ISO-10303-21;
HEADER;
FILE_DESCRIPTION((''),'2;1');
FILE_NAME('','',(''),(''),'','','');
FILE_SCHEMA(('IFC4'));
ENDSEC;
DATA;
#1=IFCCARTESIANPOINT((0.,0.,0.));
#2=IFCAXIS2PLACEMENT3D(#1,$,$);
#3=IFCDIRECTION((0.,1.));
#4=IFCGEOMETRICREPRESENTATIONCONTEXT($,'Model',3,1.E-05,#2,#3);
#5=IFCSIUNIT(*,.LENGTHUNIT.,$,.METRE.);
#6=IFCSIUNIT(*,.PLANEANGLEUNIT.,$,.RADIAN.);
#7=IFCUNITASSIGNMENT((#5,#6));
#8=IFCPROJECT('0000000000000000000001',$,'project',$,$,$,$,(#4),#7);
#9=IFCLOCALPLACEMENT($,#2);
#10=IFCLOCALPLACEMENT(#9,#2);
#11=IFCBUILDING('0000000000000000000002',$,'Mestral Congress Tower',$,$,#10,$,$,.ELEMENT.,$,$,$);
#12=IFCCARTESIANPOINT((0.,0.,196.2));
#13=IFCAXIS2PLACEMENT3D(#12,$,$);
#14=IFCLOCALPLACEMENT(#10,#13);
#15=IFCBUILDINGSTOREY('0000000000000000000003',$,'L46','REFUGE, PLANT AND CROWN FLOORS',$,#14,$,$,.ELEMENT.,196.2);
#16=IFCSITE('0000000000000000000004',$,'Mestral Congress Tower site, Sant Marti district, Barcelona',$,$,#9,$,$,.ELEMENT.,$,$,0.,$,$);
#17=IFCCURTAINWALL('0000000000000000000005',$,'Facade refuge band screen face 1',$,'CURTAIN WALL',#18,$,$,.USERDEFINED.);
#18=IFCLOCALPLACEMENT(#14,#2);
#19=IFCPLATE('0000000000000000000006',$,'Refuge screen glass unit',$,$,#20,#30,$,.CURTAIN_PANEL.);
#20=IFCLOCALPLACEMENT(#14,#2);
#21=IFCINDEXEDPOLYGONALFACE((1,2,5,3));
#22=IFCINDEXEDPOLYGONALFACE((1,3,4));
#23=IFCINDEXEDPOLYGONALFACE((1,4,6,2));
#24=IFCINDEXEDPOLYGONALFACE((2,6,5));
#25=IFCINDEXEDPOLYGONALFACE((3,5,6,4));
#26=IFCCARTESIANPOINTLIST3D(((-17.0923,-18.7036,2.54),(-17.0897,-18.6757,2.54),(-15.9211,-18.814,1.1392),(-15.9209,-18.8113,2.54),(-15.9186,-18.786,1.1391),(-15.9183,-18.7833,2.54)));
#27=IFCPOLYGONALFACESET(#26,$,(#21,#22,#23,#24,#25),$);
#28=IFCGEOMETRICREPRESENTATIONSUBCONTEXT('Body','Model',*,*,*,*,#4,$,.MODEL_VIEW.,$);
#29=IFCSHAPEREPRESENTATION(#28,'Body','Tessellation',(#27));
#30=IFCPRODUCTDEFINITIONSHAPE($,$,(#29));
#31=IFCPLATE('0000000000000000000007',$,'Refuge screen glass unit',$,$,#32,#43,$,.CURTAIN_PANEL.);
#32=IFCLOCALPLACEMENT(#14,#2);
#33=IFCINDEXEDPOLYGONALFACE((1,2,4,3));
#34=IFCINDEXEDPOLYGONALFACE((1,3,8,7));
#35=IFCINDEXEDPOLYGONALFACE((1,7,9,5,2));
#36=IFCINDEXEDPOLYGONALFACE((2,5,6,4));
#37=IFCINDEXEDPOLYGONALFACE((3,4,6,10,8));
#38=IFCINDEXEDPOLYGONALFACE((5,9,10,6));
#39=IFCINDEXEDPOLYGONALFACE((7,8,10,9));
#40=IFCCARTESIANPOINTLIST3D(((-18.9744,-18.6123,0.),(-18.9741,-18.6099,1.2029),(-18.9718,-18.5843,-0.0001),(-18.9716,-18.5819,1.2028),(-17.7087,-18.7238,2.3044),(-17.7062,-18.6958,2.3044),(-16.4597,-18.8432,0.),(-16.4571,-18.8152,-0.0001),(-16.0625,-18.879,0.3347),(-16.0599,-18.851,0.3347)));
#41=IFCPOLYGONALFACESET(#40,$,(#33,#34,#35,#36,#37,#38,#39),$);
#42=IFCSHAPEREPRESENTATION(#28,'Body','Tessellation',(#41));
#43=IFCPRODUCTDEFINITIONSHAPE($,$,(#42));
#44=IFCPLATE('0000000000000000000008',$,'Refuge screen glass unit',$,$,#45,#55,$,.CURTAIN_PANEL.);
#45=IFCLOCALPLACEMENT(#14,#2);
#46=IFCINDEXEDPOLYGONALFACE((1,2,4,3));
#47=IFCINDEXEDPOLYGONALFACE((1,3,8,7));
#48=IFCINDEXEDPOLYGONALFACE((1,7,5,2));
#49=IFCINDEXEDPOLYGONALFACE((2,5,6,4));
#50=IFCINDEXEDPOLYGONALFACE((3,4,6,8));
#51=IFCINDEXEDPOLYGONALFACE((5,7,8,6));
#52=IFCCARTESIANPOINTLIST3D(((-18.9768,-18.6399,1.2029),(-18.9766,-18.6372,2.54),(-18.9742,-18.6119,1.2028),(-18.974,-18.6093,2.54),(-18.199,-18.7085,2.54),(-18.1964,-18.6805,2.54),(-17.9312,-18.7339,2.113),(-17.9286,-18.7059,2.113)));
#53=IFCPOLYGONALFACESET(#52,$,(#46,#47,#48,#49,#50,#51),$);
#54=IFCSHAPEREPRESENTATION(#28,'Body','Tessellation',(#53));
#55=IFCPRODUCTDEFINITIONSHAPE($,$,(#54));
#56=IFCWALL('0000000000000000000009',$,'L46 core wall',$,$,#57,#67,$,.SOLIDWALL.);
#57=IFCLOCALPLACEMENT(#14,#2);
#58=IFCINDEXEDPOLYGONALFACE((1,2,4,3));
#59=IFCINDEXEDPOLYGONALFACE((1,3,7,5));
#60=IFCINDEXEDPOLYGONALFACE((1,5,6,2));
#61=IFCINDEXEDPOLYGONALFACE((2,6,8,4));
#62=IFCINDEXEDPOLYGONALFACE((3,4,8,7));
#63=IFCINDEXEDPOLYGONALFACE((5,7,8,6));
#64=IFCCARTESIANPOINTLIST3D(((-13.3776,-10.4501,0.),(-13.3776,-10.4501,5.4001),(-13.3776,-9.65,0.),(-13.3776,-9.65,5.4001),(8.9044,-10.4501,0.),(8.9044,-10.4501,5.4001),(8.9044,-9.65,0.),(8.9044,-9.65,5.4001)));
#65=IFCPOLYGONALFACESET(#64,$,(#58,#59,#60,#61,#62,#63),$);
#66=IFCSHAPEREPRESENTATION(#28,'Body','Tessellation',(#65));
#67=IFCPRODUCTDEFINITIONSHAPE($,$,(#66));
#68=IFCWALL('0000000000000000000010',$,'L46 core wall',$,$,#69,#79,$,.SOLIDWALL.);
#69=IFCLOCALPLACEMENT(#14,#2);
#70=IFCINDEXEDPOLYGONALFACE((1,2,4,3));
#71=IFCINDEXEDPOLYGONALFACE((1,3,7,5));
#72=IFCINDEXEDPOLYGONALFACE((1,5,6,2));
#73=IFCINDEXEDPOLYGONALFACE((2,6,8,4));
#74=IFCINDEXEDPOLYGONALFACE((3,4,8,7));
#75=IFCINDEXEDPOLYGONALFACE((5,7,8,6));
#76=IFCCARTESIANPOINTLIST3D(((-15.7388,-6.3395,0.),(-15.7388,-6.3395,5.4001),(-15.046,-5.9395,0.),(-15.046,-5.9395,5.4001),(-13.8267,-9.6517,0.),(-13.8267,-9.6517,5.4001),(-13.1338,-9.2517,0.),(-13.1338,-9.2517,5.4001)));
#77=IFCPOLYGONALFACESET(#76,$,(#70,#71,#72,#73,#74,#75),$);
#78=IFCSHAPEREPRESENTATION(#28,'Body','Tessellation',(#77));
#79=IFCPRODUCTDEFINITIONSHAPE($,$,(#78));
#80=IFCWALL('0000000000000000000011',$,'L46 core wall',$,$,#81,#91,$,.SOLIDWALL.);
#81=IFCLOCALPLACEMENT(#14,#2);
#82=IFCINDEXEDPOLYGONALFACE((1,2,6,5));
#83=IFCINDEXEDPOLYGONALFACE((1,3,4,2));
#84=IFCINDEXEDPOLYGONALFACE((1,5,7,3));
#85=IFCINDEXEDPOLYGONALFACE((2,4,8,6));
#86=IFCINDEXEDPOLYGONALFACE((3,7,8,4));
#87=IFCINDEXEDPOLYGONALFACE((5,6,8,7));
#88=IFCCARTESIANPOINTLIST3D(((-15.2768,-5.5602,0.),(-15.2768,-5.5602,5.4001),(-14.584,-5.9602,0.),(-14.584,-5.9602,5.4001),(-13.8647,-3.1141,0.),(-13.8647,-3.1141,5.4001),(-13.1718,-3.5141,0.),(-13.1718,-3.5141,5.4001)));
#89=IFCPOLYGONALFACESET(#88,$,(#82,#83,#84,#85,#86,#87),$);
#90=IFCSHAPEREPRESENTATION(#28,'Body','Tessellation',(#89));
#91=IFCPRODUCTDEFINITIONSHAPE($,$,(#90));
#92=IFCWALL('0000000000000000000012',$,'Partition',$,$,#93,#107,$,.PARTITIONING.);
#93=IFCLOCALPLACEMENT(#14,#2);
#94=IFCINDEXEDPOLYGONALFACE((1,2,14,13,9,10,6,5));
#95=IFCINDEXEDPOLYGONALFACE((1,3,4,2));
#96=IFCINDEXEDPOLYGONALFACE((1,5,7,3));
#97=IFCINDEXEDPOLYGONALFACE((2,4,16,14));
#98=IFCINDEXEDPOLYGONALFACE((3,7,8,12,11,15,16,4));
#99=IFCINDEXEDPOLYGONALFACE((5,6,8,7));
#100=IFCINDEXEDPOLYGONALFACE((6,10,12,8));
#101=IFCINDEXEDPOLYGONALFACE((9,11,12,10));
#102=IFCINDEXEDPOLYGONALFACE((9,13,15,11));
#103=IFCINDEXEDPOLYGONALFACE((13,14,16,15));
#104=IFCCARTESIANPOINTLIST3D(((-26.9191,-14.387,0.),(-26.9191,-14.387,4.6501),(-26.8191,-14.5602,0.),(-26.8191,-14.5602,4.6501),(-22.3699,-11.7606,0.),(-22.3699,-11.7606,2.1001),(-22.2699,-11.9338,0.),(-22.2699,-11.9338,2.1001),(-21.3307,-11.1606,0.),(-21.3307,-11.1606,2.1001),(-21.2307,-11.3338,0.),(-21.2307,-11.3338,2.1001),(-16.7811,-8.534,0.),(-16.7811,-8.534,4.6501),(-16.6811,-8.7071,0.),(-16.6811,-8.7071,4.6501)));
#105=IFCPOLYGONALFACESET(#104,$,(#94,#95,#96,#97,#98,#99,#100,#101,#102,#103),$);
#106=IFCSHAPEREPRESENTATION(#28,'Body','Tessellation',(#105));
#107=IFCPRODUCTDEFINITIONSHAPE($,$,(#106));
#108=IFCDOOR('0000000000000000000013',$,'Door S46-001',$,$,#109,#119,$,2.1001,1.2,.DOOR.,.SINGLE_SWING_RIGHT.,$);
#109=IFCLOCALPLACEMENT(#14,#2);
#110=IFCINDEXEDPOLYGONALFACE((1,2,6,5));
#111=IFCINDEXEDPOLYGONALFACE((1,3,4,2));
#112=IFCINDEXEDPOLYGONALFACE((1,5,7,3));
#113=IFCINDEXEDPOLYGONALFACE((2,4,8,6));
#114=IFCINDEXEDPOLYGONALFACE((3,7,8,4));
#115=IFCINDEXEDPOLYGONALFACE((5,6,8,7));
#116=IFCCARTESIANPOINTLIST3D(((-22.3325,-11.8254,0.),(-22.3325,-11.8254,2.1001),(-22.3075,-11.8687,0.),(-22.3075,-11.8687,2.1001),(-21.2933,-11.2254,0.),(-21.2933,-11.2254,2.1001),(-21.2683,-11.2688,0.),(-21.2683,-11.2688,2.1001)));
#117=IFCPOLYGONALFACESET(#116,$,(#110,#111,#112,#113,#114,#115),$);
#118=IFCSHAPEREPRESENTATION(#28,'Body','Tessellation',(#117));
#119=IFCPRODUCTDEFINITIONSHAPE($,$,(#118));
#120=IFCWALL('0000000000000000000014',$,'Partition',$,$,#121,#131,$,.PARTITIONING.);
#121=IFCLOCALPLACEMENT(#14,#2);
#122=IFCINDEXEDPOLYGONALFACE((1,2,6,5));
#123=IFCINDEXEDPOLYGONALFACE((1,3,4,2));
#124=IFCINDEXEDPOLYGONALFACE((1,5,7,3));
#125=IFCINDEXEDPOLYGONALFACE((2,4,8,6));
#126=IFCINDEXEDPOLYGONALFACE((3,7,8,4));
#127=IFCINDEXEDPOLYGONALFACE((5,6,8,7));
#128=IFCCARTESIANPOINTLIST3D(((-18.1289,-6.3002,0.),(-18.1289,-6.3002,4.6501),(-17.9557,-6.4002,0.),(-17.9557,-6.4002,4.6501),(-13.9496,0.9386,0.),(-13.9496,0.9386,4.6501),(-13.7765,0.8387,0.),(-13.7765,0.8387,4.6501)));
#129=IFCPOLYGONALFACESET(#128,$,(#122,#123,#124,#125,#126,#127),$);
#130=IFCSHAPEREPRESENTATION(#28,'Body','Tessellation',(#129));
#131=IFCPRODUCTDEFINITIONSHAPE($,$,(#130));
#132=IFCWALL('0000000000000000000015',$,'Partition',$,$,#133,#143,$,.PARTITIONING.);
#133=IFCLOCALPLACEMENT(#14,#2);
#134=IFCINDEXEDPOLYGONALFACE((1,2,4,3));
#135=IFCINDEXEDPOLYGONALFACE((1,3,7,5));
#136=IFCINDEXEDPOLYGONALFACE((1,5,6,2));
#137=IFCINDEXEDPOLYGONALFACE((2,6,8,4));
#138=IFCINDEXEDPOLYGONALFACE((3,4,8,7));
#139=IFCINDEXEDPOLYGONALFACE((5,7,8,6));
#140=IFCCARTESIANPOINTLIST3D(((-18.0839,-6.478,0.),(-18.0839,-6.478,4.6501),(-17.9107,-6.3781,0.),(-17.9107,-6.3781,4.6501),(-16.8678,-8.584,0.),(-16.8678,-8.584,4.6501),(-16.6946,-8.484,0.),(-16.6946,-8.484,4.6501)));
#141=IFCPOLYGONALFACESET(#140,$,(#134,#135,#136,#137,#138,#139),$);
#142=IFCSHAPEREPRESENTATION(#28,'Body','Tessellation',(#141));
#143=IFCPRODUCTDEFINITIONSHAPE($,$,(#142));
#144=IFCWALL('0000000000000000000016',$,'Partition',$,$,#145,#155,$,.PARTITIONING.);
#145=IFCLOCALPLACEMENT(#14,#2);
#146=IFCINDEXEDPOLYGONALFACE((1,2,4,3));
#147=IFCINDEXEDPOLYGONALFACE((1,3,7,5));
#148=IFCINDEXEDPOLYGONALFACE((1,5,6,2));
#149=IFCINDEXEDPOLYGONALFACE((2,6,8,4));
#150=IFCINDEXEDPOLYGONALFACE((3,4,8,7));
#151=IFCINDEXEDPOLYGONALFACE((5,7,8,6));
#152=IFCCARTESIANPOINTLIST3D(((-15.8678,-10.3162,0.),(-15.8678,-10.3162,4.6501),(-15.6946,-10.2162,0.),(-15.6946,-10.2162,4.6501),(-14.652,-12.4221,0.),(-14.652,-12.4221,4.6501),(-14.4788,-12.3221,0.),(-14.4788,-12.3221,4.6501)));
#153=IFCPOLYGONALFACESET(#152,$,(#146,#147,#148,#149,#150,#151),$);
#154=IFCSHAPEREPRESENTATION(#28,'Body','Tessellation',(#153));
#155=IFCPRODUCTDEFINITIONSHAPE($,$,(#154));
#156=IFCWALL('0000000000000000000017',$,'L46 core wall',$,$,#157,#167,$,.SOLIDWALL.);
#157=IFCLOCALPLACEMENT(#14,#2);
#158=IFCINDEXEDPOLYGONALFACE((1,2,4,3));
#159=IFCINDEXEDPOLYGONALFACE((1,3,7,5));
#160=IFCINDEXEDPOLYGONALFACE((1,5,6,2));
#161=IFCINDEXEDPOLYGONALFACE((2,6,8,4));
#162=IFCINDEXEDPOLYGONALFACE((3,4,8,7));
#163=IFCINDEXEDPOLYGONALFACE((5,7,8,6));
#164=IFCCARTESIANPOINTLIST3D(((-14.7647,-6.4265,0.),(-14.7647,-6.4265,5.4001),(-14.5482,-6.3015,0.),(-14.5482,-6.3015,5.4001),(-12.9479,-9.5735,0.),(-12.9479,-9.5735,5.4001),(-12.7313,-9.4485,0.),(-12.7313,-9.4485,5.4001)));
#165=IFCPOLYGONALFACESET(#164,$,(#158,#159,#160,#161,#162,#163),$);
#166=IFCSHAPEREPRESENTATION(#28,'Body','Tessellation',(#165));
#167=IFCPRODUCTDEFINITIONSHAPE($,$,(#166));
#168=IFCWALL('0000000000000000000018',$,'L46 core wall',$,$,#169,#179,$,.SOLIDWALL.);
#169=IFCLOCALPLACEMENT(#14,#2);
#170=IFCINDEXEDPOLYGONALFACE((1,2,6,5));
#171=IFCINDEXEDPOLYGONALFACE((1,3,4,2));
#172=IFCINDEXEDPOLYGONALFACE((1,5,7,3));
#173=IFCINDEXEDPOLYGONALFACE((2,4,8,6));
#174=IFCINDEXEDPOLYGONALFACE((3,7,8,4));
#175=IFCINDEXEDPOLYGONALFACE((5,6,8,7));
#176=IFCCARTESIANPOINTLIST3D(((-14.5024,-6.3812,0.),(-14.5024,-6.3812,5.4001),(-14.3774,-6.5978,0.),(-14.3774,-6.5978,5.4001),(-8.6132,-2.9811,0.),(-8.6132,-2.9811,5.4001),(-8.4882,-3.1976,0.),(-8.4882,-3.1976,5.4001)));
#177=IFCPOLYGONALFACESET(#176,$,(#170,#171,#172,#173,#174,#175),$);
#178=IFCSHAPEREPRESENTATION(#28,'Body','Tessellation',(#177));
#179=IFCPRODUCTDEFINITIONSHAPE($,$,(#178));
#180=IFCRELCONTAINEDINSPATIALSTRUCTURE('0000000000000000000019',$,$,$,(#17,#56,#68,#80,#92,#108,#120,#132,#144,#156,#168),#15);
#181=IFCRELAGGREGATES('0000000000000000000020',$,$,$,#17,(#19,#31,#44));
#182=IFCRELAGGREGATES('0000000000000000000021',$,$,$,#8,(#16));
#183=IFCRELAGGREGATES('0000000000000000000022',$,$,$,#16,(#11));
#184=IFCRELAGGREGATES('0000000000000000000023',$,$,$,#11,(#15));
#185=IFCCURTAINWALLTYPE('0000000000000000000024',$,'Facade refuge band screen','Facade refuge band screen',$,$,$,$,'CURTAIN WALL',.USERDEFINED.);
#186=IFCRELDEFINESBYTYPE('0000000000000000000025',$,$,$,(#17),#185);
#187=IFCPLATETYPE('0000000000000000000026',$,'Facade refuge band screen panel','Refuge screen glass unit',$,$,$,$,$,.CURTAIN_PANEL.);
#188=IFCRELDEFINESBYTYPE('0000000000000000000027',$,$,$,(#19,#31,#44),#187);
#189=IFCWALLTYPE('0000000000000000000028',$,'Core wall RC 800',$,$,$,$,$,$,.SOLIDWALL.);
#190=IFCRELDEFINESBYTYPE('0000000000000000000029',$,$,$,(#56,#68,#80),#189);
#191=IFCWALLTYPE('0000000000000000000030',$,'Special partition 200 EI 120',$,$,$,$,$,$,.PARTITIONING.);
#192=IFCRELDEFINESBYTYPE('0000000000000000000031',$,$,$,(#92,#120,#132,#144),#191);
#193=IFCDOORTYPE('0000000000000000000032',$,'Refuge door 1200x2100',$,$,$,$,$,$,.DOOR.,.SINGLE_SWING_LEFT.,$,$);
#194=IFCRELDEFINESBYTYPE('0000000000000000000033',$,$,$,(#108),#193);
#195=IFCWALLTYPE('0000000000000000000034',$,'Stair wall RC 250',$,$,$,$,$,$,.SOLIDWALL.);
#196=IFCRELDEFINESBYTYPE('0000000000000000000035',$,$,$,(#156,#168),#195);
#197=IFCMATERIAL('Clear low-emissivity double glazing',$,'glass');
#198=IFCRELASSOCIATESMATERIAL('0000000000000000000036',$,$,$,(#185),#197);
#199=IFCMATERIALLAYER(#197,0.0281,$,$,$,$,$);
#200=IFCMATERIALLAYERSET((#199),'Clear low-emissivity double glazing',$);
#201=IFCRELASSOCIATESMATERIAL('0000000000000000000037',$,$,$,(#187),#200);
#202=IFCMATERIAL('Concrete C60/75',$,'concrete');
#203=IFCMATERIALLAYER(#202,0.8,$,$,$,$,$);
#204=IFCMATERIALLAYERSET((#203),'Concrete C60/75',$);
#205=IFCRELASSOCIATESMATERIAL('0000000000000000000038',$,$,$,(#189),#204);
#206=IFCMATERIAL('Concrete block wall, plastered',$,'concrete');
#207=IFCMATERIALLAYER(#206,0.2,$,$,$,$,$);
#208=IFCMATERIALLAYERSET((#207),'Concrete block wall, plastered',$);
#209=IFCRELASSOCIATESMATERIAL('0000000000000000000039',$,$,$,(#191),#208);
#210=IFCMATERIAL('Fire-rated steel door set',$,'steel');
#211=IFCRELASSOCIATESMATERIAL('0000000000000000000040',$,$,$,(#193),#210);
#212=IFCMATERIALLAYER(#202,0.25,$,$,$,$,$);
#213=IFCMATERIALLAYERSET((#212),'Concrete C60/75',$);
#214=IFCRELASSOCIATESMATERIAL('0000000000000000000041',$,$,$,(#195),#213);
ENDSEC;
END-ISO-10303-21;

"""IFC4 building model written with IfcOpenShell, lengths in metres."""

from ifc_helpers import new_model, si_unit, direction, frame, frame_2d, origin, place, context, subcontext, project, spatial, polyline, rectangle, outline, extrude, material, layer, layer_set, type_object, element, fill, aggregate, save


model = new_model("IFC4")

# Units and contexts
model_context = context("Model", 3, precision=1e-05, world=origin(), true_north=direction((0.0, 1.0)))
body_context = subcontext(model_context, "Body", "Model", "MODEL_VIEW")
ifc_project = project(units=[si_unit("LENGTHUNIT", "METRE"), si_unit("PLANEANGLEUNIT", "RADIAN")], contexts=[model_context])

# Site, building, storey
site_placement = place(None, origin())
site = spatial("IfcSite", under=ifc_project, at=site_placement, Name="Mestral Congress Tower site, Sant Marti district, Barcelona", CompositionType="ELEMENT", RefElevation=0.0)
building_placement = place(site_placement, origin())
building = spatial("IfcBuilding", under=site, at=building_placement, Name="Mestral Congress Tower", CompositionType="ELEMENT")
storey_placement = place(building_placement, frame((0.0, 0.0, 196.2)))
storey = spatial("IfcBuildingStorey", under=building, at=storey_placement, Name="L46", Description="REFUGE, PLANT AND CROWN FLOORS", CompositionType="ELEMENT", Elevation=196.2)

# Curtain wall, plates
ifc_material_1 = material(Name="Clear low-emissivity double glazing", Category="glass")
curtain_wall_type = type_object("IfcCurtainWallType", Name="Facade refuge band screen", Description="Facade refuge band screen", ElementType="CURTAIN WALL", PredefinedType="USERDEFINED", material=ifc_material_1)
placement = place(storey_placement, origin())
curtain_wall = element("IfcCurtainWall", 1, at=placement, inside=storey, type_object=curtain_wall_type, Name="Facade refuge band screen face 1", ObjectType="CURTAIN WALL", PredefinedType="USERDEFINED")
ifc_layer_1 = layer(ifc_material_1, 0.0281)
ifc_layer_set_1 = layer_set([ifc_layer_1], Name="Clear low-emissivity double glazing")
plate_type_1 = type_object("IfcPlateType", Name="Facade refuge band screen panel", Description="Refuge screen glass unit", PredefinedType="CURTAIN_PANEL", material=ifc_layer_set_1)
plate_1_placement = place(storey_placement, frame((-15.9211, -18.814, 1.1392), z_axis=(-0.091527, -0.995801, 0.001925), x_axis=(-0.640225, 0.060326, 0.765815)))
plate_1 = element("IfcPlate", 2, at=plate_1_placement, type_object=plate_type_1, Name="Refuge screen glass unit", PredefinedType="CURTAIN_PANEL", context=body_context, shape_type="SweptSolid", body=[
    extrude(outline(polyline([(0.0, 0.0), (1.8293, 0.0), (1.0728, -0.9008), (0.0, 0.0)])), origin(), (0.0, 0.0, -1.0), 0.0281),
])
plate_2_placement = place(storey_placement, frame((-18.9744, -18.6123, 0.0), z_axis=(-0.091425, -0.99581, 0.002044), x_axis=(0.000203, 0.002034, 0.999998)))
plate_2 = element("IfcPlate", 3, at=plate_2_placement, type_object=plate_type_1, Name="Refuge screen glass unit", PredefinedType="CURTAIN_PANEL", context=body_context, shape_type="SweptSolid", body=[
    extrude(outline(polyline([(0.0, 0.0), (1.2029, 0.0), (2.3045, -1.2705), (0.3348, -2.924), (0.0, -2.5252), (0.0, 0.0)])), origin(), (0.0, 0.0, -1.0), 0.0281),
])
plate_3_placement = place(storey_placement, frame((-18.9768, -18.6399, 1.2029), z_axis=(-0.091275, -0.995824, 0.002004), x_axis=(0.000181, 0.001996, 0.999998)))
plate_3 = element("IfcPlate", 4, at=plate_3_placement, type_object=plate_type_1, Name="Refuge screen glass unit", PredefinedType="CURTAIN_PANEL", context=body_context, shape_type="SweptSolid", body=[
    extrude(outline(polyline([(0.0, 0.0), (1.3372, 0.0), (1.3372, -0.7808), (0.9102, -1.0499), (0.0, 0.0)])), origin(), (0.0, 0.0, -1.0), 0.0281),
])

# Walls
ifc_material_2 = material(Name="Concrete C60/75", Category="concrete")
ifc_layer_2 = layer(ifc_material_2, 0.8)
ifc_layer_set_2 = layer_set([ifc_layer_2], Name="Concrete C60/75")
wall_type_1 = type_object("IfcWallType", Name="Core wall RC 800", PredefinedType="SOLIDWALL", material=ifc_layer_set_2)
wall_1_placement = place(storey_placement, frame((-13.3777, -10.05, 0.0), z_axis=(0.0, 0.0, 1.0), x_axis=(1.0, 0.0, 0.0)))
element("IfcWall", 5, at=wall_1_placement, inside=storey, type_object=wall_type_1, Name="L46 core wall", PredefinedType="SOLIDWALL", context=body_context, shape_type="SweptSolid", body=[
    extrude(rectangle(XDim=22.282, YDim=0.8, at=frame_2d((11.1411, 0.0))), origin(), (0.0, 0.0, 1.0), 5.4001),
])
wall_2_placement = place(storey_placement, frame((-15.3923, -6.1396, 0.0), z_axis=(0.0, 0.0, 1.0), x_axis=(0.499984, -0.866035, 0.0)))
element("IfcWall", 6, at=wall_2_placement, inside=storey, type_object=wall_type_1, Name="L46 core wall", PredefinedType="SOLIDWALL", context=body_context, shape_type="SweptSolid", body=[
    extrude(rectangle(XDim=3.8245, YDim=0.8, at=frame_2d((1.9121, 0.0))), origin(), (0.0, 0.0, 1.0), 5.4001),
])
wall_3_placement = place(storey_placement, frame((-13.5183, -3.3142, 0.0), z_axis=(0.0, 0.0, 1.0), x_axis=(-0.499969, -0.866043, 0.0)))
element("IfcWall", 7, at=wall_3_placement, inside=storey, type_object=wall_type_1, Name="L46 core wall", PredefinedType="SOLIDWALL", context=body_context, shape_type="SweptSolid", body=[
    extrude(rectangle(XDim=2.8245, YDim=0.8, at=frame_2d((1.4121, 0.0))), origin(), (0.0, 0.0, 1.0), 5.4001),
])

# Wall, opening, door
ifc_material_3 = material(Name="Concrete block wall, plastered", Category="concrete")
ifc_layer_3 = layer(ifc_material_3, 0.2)
ifc_layer_set_3 = layer_set([ifc_layer_3], Name="Concrete block wall, plastered")
wall_type_2 = type_object("IfcWallType", Name="Special partition 200 EI 120", PredefinedType="PARTITIONING", material=ifc_layer_set_3)
wall_4_placement = place(storey_placement, frame((-16.7312, -8.6206, 0.0), z_axis=(0.0, 0.0, 1.0), x_axis=(-0.86603, -0.499993, 0.0)))
wall_4 = element("IfcWall", 8, at=wall_4_placement, inside=storey, type_object=wall_type_2, Name="Partition", PredefinedType="PARTITIONING", context=body_context, shape_type="SweptSolid", body=[
    extrude(rectangle(XDim=11.7063, YDim=0.2, at=frame_2d((5.853, 0.0))), origin(), (0.0, 0.0, 1.0), 4.6501),
])
opening_placement = place(wall_4_placement, frame((5.2532, 0.0, 0.0)))
opening = element("IfcOpeningElement", 9, at=opening_placement, cuts=wall_4, PredefinedType="OPENING", context=body_context, shape_type="SweptSolid", body=[
    extrude(rectangle(XDim=1.2, YDim=2.1001, at=frame_2d((0.6001, 1.05))), frame((0.0, 0.1099, 0.0), z_axis=(0.0, -1.0, 0.0), x_axis=(1.0, 0.0, 0.0)), (0.0, 0.0, 1.0), 0.22),
])
ifc_material_4 = material(Name="Fire-rated steel door set", Category="steel")
door_type = type_object("IfcDoorType", Name="Refuge door 1200x2100", OperationType="SINGLE_SWING_LEFT", PredefinedType="DOOR", material=ifc_material_4)
door_placement = place(opening_placement, origin())
door = element("IfcDoor", 10, at=door_placement, inside=storey, type_object=door_type, Name="Door S46-001", OperationType="SINGLE_SWING_RIGHT", OverallHeight=2.1001, OverallWidth=1.2, PredefinedType="DOOR", context=body_context, shape_type="SweptSolid", body=[
    extrude(rectangle(XDim=1.2, YDim=2.1001, at=frame_2d((0.6001, 1.05))), frame((0.0, 0.0249, 0.0), z_axis=(0.0, -1.0, 0.0), x_axis=(1.0, 0.0, 0.0)), (0.0, 0.0, 1.0), 0.05),
])
fill(opening, door)

# Walls
wall_5_placement = place(storey_placement, frame((-18.0422, -6.3501, 0.0), z_axis=(0.0, 0.0, 1.0), x_axis=(0.49999, 0.866031, 0.0)))
element("IfcWall", 11, at=wall_5_placement, inside=storey, type_object=wall_type_2, Name="Partition", PredefinedType="PARTITIONING", context=body_context, shape_type="SweptSolid", body=[
    extrude(rectangle(XDim=8.3586, YDim=0.2, at=frame_2d((4.1792, 0.0))), origin(), (0.0, 0.0, 1.0), 4.6501),
])
wall_6_placement = place(storey_placement, frame((-16.7812, -8.5339, 0.0), z_axis=(0.0, 0.0, 1.0), x_axis=(-0.500058, 0.865992, 0.0)))
element("IfcWall", 12, at=wall_6_placement, inside=storey, type_object=wall_type_2, Name="Partition", PredefinedType="PARTITIONING", context=body_context, shape_type="SweptSolid", body=[
    extrude(rectangle(XDim=2.4319, YDim=0.2, at=frame_2d((1.2158, 0.0))), origin(), (0.0, 0.0, 1.0), 4.6501),
])
wall_7_placement = place(storey_placement, frame((-14.5654, -12.3721, 0.0), z_axis=(0.0, 0.0, 1.0), x_axis=(-0.499983, 0.866035, 0.0)))
element("IfcWall", 13, at=wall_7_placement, inside=storey, type_object=wall_type_2, Name="Partition", PredefinedType="PARTITIONING", context=body_context, shape_type="SweptSolid", body=[
    extrude(rectangle(XDim=2.4316, YDim=0.2, at=frame_2d((1.2158, 0.0))), origin(), (0.0, 0.0, 1.0), 4.6501),
])
ifc_layer_4 = layer(ifc_material_2, 0.25)
ifc_layer_set_4 = layer_set([ifc_layer_4], Name="Concrete C60/75")
wall_type_3 = type_object("IfcWallType", Name="Stair wall RC 250", PredefinedType="SOLIDWALL", material=ifc_layer_set_4)
wall_8_placement = place(storey_placement, frame((-12.8396, -9.511, 0.0), z_axis=(0.0, 0.0, 1.0), x_axis=(-0.499998, 0.866027, 0.0)))
element("IfcWall", 14, at=wall_8_placement, inside=storey, type_object=wall_type_3, Name="L46 core wall", PredefinedType="SOLIDWALL", context=body_context, shape_type="SweptSolid", body=[
    extrude(rectangle(XDim=3.6338, YDim=0.25, at=frame_2d((1.8169, 0.0))), origin(), (0.0, 0.0, 1.0), 5.4001),
])
wall_9_placement = place(storey_placement, frame((-14.4399, -6.4895, 0.0), z_axis=(0.0, 0.0, 1.0), x_axis=(0.866023, 0.500004, 0.0)))
element("IfcWall", 15, at=wall_9_placement, inside=storey, type_object=wall_type_3, Name="L46 core wall", PredefinedType="SOLIDWALL", context=body_context, shape_type="SweptSolid", body=[
    extrude(rectangle(XDim=6.8003, YDim=0.25, at=frame_2d((3.4001, 0.0))), origin(), (0.0, 0.0, 1.0), 5.4001),
])

aggregate(curtain_wall, [plate_1, plate_2, plate_3])

save(model, "model.ifc")
